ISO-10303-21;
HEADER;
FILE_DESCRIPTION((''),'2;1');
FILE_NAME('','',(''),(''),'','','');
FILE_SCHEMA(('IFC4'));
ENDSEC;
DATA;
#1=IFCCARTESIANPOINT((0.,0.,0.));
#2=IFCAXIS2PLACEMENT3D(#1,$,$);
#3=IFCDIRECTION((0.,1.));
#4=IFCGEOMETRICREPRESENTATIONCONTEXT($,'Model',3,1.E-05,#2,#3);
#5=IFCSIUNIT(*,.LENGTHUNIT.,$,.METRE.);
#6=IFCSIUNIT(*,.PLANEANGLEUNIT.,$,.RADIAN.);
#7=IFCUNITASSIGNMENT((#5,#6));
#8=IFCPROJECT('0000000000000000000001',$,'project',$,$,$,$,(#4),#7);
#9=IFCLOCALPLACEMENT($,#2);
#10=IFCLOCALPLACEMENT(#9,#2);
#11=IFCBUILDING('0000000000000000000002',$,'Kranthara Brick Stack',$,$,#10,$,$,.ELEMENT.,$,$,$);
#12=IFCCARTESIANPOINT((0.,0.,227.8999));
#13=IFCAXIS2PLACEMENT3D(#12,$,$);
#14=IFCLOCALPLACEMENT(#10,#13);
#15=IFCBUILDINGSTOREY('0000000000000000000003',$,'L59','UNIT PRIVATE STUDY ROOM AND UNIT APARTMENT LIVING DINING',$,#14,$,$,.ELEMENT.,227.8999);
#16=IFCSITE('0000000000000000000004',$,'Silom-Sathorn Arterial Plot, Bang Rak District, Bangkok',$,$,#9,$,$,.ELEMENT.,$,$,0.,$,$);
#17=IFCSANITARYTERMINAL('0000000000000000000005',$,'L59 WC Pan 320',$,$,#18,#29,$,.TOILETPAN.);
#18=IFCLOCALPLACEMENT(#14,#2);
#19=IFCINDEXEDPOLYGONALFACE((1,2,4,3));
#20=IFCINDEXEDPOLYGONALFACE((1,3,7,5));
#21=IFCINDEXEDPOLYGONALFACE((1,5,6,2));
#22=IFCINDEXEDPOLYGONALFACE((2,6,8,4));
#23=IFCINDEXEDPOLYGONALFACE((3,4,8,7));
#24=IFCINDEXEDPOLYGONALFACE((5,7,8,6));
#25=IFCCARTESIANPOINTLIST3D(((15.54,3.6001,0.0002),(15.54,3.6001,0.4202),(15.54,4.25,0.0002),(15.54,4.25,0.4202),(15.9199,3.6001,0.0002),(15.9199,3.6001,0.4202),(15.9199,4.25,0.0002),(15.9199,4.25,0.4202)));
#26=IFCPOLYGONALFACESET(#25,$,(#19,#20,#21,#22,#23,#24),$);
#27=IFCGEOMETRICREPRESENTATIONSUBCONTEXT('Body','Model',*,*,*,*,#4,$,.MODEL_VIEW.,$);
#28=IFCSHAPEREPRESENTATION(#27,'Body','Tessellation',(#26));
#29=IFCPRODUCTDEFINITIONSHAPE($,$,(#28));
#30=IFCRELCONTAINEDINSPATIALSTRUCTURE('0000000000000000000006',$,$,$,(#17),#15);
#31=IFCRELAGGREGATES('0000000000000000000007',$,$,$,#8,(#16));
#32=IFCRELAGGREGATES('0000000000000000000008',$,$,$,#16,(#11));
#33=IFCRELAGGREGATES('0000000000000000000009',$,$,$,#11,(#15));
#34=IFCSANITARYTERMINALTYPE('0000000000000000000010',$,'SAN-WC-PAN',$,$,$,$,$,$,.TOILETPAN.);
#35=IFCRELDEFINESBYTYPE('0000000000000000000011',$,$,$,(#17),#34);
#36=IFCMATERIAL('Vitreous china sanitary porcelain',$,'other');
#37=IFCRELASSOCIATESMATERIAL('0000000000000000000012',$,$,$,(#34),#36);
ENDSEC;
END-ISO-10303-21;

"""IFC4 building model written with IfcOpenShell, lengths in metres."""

from ifc_helpers import new_model, si_unit, direction, frame, origin, origin_2d, place, context, subcontext, project, spatial, rectangle, extrude, material, type_object, element, save


model = new_model("IFC4")

# Units and contexts
model_context = context("Model", 3, precision=1e-05, world=origin(), true_north=direction((0.0, 1.0)))
body_context = subcontext(model_context, "Body", "Model", "MODEL_VIEW")
ifc_project = project(units=[si_unit("LENGTHUNIT", "METRE"), si_unit("PLANEANGLEUNIT", "RADIAN")], contexts=[model_context])

# Site, building, storey
site_placement = place(None, origin())
site = spatial("IfcSite", under=ifc_project, at=site_placement, Name="Silom-Sathorn Arterial Plot, Bang Rak District, Bangkok", CompositionType="ELEMENT", RefElevation=0.0)
building_placement = place(site_placement, origin())
building = spatial("IfcBuilding", under=site, at=building_placement, Name="Kranthara Brick Stack", CompositionType="ELEMENT")
storey_placement = place(building_placement, frame((0.0, 0.0, 227.8999)))
storey = spatial("IfcBuildingStorey", under=building, at=storey_placement, Name="L59", Description="UNIT PRIVATE STUDY ROOM AND UNIT APARTMENT LIVING DINING", CompositionType="ELEMENT", Elevation=227.8999)

# Sanitary terminal
ifc_material_1 = material(Name="Vitreous china sanitary porcelain", Category="other")
sanitary_terminal_type_1 = type_object("IfcSanitaryTerminalType", Name="SAN-WC-PAN", PredefinedType="TOILETPAN", material=ifc_material_1)
sanitary_terminal_1_placement = place(storey_placement, frame((15.73, 3.925, 0.0002), z_axis=(0.0, 0.0, 1.0), x_axis=(1.0, 0.0, 0.0)))
element("IfcSanitaryTerminal", 1, at=sanitary_terminal_1_placement, inside=storey, type_object=sanitary_terminal_type_1, Name="L59 WC Pan 320", PredefinedType="TOILETPAN", context=body_context, shape_type="SweptSolid", body=[
    extrude(rectangle(XDim=0.3799, YDim=0.6499, at=origin_2d()), origin(), (0.0, 0.0, 1.0), 0.4199),
])

save(model, "model.ifc")
